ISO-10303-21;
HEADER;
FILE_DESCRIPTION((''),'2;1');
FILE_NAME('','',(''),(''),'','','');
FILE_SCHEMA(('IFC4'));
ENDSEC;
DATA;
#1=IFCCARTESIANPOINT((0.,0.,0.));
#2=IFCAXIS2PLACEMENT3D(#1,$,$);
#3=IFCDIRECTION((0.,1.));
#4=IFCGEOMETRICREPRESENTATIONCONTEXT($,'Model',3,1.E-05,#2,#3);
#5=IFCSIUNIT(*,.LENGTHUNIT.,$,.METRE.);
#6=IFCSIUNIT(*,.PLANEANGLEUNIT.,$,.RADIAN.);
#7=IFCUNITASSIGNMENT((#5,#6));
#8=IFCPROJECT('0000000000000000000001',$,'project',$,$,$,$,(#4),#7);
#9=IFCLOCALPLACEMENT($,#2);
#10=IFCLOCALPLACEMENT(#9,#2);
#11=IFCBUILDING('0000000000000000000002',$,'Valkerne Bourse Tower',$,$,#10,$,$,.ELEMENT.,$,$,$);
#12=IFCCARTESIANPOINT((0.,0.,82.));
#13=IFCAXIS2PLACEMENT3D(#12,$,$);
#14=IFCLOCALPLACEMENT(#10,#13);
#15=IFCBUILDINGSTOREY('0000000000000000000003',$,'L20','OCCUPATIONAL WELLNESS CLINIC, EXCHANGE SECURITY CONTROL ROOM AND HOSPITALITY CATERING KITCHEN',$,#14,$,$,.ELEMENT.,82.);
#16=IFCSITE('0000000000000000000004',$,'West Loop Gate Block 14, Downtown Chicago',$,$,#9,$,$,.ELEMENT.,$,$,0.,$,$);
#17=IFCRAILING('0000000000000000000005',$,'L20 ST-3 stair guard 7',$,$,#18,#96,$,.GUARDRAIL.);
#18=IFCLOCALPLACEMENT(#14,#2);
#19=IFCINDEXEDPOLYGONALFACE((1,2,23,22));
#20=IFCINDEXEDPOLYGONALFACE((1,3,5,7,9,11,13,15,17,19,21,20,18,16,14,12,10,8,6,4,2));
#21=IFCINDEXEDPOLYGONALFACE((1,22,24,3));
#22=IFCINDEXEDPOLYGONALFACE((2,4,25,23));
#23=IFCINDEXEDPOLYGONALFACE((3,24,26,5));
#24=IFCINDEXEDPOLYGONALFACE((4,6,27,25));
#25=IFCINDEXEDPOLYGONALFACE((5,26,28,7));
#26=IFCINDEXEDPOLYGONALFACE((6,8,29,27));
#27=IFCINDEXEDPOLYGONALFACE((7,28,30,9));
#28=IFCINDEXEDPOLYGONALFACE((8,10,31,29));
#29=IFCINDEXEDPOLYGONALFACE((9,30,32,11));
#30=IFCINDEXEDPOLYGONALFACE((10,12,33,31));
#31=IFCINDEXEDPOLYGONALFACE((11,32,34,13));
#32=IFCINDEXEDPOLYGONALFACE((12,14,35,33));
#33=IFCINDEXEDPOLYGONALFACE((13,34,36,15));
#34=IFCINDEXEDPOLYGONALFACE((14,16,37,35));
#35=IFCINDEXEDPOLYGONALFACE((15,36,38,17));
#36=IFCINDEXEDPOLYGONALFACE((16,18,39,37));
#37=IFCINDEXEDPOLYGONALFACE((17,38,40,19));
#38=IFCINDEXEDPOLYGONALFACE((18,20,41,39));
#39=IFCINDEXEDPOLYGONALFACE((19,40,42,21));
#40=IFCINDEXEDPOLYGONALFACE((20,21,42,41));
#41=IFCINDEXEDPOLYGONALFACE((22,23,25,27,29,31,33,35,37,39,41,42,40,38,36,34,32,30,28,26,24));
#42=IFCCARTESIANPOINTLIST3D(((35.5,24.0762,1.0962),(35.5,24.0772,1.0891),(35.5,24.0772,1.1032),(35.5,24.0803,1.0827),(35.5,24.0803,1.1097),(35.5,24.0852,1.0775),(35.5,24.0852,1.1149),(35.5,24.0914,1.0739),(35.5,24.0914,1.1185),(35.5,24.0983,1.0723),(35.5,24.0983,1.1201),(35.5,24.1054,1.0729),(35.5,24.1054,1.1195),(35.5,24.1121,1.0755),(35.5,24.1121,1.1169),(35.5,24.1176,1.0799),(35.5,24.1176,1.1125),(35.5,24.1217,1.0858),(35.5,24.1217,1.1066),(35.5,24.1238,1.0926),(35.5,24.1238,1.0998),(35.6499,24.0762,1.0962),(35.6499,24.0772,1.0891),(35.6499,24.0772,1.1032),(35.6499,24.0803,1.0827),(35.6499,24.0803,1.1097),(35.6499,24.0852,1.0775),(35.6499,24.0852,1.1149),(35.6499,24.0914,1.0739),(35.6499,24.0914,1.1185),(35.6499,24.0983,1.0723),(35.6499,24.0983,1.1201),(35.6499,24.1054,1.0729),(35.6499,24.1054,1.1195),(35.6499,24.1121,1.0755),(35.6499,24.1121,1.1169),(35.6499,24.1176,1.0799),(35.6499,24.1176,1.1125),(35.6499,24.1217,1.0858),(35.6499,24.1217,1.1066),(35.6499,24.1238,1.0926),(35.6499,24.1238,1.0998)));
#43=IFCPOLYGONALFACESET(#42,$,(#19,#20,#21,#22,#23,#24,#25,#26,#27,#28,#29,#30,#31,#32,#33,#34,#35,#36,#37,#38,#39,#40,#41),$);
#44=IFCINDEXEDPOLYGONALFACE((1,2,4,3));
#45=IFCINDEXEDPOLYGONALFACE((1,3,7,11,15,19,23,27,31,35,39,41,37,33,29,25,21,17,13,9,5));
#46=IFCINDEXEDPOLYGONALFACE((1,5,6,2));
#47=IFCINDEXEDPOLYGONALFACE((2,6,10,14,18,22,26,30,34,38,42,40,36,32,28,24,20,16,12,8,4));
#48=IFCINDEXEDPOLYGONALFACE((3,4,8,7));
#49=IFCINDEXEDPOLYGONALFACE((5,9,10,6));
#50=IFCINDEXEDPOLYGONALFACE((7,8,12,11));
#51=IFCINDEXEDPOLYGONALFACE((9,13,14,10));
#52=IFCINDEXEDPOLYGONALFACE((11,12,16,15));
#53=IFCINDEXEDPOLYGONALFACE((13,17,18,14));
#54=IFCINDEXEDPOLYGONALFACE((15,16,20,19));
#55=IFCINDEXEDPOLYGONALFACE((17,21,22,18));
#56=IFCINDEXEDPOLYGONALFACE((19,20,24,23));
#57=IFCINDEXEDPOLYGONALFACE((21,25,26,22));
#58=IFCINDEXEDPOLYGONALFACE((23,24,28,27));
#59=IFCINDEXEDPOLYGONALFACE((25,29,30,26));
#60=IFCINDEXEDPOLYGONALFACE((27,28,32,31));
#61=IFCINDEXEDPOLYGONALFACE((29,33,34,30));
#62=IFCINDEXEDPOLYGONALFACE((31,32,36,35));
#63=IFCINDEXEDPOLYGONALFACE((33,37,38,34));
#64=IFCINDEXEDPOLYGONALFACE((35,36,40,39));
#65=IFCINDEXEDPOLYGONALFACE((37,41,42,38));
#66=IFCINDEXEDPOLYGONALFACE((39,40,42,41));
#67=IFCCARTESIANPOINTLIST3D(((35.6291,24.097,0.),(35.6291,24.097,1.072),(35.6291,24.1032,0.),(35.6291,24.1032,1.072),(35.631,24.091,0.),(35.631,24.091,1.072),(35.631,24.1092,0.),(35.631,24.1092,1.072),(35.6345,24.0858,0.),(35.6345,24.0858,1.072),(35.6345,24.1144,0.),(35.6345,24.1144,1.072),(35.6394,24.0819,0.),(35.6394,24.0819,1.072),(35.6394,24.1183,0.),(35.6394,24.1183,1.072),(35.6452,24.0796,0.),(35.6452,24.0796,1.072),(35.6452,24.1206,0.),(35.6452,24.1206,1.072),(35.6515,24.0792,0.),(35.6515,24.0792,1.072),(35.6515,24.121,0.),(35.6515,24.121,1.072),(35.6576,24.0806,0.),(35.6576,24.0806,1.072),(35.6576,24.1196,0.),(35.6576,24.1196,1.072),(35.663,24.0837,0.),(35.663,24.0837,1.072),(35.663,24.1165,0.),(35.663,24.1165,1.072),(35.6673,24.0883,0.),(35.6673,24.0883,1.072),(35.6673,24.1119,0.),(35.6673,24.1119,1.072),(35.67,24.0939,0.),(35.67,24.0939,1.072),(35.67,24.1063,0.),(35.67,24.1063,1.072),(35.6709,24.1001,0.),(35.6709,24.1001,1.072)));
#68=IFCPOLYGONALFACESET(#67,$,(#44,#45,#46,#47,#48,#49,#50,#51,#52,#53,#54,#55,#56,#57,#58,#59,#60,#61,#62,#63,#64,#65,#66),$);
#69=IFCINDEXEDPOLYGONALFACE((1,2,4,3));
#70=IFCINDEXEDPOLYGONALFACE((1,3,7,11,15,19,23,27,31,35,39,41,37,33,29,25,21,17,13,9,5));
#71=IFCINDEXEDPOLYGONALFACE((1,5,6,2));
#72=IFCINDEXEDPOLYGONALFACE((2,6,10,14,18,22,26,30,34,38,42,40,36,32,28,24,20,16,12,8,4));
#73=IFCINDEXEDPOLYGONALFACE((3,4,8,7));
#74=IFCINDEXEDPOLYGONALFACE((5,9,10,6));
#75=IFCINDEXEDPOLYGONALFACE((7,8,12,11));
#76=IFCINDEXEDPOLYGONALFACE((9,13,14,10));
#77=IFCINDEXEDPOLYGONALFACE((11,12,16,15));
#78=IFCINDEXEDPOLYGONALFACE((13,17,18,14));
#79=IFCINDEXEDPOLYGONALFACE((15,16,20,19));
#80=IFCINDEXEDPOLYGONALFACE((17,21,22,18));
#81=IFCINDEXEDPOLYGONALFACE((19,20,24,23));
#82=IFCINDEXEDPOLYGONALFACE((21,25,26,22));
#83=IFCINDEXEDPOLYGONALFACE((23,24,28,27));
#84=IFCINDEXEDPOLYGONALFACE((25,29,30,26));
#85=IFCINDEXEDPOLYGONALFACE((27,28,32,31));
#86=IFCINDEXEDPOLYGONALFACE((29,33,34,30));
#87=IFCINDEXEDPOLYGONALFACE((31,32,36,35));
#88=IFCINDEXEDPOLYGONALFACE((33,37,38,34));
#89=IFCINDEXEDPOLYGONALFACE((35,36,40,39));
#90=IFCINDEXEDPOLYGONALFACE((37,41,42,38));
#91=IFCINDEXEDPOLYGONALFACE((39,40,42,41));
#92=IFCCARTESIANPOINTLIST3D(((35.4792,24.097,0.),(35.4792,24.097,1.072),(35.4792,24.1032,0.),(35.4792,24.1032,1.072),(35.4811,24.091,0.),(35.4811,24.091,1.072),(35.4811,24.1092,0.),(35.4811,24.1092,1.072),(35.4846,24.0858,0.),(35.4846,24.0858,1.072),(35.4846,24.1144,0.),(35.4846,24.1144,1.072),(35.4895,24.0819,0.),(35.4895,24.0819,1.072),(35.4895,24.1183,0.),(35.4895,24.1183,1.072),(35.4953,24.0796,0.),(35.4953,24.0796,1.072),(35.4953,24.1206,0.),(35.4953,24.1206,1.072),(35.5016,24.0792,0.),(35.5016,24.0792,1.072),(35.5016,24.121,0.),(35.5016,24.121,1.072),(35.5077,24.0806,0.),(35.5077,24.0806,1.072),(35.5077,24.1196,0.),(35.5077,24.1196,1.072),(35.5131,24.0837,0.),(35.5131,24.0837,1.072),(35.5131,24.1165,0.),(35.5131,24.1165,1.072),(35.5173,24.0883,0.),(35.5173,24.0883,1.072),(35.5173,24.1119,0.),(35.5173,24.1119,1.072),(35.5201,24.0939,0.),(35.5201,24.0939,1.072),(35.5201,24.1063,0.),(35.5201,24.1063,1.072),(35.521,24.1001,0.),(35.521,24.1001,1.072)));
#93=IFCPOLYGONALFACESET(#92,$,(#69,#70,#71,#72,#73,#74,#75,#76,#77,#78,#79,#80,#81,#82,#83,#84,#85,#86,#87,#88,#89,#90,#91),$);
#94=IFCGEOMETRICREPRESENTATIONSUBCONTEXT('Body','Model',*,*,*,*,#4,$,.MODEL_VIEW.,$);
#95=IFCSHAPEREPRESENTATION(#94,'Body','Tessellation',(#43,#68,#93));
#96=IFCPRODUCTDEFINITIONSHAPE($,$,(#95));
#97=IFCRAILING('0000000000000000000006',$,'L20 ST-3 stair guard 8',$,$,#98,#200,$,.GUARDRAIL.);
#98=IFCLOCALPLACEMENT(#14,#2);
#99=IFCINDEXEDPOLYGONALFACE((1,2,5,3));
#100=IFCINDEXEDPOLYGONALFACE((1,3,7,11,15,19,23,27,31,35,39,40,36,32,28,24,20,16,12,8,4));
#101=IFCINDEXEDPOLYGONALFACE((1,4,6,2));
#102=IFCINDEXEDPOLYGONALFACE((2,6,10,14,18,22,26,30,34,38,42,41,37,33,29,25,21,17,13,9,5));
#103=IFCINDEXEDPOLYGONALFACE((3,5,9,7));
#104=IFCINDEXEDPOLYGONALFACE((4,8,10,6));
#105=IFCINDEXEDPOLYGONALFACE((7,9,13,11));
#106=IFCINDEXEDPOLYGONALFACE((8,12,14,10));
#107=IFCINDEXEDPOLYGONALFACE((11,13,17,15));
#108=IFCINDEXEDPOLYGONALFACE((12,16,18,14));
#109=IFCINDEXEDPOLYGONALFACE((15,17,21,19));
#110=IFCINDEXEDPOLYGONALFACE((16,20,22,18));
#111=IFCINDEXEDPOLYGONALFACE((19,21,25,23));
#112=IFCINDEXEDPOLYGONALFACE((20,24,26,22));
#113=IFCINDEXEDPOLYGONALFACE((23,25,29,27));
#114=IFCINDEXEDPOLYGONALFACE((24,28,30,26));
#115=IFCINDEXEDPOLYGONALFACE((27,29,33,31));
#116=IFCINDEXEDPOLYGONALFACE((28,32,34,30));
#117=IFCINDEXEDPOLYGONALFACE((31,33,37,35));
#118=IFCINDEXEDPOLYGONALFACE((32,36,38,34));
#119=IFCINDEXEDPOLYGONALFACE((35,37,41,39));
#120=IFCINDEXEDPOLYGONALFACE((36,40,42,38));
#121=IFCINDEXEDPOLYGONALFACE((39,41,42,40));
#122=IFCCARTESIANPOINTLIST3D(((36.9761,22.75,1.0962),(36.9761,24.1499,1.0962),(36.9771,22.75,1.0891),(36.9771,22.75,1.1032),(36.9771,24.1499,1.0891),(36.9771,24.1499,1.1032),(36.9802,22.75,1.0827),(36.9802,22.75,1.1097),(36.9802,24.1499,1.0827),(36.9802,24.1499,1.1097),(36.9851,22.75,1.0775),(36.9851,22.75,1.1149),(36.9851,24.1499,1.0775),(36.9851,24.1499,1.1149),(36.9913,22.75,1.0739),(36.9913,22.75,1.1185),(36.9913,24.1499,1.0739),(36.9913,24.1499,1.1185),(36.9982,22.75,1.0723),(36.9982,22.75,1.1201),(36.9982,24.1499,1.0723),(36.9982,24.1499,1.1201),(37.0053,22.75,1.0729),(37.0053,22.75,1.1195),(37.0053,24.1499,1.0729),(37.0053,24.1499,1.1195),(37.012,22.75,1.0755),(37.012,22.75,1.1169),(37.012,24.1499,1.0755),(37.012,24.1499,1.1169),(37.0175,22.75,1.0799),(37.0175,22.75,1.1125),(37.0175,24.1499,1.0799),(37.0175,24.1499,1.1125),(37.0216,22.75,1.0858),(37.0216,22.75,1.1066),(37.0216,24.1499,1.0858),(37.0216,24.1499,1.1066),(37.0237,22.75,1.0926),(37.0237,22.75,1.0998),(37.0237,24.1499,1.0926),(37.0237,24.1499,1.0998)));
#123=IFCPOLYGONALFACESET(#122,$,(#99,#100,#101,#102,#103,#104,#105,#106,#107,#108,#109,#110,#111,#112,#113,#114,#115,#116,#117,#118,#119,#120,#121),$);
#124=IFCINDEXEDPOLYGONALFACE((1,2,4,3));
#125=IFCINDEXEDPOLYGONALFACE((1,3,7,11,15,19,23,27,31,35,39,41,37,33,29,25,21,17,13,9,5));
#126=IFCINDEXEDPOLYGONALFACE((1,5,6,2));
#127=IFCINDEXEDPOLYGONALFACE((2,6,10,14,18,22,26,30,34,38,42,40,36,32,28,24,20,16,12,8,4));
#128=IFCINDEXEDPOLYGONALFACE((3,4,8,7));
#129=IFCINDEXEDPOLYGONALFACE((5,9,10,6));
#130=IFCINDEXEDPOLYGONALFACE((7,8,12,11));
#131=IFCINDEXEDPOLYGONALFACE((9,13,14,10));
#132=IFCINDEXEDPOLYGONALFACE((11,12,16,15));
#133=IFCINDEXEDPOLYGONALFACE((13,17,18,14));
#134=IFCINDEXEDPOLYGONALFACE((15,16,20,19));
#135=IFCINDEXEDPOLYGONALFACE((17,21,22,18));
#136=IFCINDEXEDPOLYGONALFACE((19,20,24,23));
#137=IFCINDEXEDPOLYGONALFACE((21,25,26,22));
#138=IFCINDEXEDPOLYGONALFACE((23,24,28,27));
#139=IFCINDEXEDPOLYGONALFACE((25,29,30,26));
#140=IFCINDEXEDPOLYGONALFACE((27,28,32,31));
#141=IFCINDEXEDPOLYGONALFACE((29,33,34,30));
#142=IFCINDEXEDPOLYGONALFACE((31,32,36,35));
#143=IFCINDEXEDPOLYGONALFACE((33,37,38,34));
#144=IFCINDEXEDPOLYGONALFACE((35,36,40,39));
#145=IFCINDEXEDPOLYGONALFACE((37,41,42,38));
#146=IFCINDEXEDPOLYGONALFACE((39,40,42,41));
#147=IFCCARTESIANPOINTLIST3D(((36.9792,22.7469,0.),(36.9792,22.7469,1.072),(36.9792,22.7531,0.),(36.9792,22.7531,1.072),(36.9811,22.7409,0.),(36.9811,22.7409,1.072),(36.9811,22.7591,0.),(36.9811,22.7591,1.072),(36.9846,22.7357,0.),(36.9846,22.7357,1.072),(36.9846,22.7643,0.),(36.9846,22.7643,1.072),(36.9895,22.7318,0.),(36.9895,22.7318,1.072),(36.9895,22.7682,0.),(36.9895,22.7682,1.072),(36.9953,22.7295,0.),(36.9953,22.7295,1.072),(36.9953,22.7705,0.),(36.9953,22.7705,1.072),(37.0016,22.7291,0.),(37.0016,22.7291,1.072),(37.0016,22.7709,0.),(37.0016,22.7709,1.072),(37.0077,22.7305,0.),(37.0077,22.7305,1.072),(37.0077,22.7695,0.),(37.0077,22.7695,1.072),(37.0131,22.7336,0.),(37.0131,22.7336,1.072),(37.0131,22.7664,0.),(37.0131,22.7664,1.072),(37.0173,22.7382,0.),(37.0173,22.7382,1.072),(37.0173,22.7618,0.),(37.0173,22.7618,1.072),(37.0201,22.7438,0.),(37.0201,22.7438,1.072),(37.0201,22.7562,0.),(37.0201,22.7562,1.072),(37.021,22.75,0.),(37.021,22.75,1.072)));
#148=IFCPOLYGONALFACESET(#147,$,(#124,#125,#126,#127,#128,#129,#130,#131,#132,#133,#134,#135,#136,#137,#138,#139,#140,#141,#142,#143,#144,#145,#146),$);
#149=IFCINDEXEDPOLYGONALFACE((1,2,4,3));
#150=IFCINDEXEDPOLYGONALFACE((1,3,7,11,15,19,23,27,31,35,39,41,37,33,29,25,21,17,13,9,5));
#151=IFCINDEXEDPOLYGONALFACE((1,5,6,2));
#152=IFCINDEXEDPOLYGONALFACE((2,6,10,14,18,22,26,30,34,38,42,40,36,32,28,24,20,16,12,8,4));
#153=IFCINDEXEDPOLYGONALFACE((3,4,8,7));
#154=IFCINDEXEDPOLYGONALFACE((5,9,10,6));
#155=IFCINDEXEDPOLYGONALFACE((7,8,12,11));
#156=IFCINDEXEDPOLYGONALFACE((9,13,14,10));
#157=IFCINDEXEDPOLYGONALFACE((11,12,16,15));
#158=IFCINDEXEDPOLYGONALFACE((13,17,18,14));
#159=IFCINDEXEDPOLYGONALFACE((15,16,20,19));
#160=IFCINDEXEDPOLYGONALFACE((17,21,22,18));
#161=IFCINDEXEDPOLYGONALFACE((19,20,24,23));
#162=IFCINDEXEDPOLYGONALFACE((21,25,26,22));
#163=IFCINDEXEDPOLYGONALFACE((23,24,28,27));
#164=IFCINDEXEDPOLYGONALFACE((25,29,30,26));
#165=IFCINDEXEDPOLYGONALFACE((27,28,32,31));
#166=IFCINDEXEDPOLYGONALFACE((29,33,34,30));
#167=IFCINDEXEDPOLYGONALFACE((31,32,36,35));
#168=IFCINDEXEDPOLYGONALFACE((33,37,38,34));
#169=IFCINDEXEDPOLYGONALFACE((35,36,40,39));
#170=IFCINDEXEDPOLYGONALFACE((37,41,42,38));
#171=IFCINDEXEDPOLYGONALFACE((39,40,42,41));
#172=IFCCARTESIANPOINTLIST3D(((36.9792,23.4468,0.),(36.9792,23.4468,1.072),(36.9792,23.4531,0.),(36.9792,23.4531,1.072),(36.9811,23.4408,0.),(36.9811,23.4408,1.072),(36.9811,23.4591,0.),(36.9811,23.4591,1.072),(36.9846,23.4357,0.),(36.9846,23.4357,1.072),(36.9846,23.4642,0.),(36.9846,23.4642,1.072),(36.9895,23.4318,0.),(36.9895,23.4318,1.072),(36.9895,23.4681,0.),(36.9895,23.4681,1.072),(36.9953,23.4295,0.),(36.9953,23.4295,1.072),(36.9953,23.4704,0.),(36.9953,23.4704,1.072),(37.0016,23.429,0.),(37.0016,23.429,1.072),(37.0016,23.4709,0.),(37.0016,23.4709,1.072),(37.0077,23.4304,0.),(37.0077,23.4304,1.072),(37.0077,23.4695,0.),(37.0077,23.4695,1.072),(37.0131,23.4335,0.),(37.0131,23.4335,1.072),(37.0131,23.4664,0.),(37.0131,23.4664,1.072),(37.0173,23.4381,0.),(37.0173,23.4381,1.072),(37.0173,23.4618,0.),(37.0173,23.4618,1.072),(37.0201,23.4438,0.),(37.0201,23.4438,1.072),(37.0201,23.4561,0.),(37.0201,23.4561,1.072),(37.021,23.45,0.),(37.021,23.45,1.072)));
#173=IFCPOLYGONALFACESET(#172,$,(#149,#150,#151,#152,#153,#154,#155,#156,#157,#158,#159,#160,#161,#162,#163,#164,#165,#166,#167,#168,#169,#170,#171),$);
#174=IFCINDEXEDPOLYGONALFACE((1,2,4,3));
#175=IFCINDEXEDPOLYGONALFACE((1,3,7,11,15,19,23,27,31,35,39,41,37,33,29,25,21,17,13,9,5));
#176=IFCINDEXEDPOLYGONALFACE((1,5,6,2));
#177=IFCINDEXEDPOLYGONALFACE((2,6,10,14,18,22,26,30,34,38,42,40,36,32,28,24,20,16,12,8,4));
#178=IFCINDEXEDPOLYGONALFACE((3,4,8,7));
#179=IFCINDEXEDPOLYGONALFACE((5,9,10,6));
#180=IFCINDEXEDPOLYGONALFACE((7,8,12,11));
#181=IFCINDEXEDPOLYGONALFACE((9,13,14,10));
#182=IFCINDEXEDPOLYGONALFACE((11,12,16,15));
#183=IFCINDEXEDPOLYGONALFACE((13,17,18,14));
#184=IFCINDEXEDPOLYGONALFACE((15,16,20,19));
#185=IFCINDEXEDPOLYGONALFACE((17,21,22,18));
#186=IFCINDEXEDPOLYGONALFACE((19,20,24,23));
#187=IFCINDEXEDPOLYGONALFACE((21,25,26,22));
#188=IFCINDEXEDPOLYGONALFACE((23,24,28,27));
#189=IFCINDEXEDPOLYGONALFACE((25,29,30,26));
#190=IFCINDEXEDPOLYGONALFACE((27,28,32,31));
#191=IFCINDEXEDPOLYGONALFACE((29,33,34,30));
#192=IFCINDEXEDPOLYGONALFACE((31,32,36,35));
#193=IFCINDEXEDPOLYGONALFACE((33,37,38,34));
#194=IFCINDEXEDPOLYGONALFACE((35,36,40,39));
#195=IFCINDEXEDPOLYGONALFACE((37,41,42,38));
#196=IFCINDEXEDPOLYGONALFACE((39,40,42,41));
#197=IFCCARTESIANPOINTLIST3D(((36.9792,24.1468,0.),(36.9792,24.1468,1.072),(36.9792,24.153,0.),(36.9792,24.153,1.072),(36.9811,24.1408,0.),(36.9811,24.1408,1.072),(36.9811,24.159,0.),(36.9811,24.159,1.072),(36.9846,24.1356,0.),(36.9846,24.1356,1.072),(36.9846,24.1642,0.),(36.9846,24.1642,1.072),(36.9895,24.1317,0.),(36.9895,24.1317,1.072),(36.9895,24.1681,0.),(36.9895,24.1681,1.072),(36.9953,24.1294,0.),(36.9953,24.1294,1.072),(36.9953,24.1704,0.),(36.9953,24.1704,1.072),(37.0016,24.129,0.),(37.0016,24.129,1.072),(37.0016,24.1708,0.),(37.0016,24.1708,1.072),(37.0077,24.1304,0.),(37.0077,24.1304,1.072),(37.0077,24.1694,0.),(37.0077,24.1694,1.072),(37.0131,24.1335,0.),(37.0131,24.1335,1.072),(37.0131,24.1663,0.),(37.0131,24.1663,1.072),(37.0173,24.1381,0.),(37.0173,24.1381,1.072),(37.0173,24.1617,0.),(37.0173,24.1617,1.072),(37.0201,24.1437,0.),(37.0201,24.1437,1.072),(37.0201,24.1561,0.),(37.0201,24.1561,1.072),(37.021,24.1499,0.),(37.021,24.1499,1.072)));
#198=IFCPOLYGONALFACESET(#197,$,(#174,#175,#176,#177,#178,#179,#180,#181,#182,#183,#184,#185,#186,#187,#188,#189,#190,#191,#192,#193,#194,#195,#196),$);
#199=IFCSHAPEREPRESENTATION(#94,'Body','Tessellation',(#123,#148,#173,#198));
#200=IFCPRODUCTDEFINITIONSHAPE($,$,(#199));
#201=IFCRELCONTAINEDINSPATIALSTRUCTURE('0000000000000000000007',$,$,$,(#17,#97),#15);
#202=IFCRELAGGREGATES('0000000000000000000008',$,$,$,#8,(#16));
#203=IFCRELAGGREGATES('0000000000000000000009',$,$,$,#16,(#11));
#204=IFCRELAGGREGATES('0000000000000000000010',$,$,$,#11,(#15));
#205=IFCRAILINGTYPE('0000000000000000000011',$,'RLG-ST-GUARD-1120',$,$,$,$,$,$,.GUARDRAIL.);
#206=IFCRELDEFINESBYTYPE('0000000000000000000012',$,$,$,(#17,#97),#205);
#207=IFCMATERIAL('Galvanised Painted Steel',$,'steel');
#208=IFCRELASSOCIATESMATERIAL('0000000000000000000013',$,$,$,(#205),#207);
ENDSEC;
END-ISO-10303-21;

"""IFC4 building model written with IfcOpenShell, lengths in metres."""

from ifc_helpers import new_model, si_unit, direction, frame, origin, origin_2d, place, context, subcontext, project, spatial, circle, extrude, material, type_object, element, save


model = new_model("IFC4")

# Units and contexts
model_context = context("Model", 3, precision=1e-05, world=origin(), true_north=direction((0.0, 1.0)))
body_context = subcontext(model_context, "Body", "Model", "MODEL_VIEW")
ifc_project = project(units=[si_unit("LENGTHUNIT", "METRE"), si_unit("PLANEANGLEUNIT", "RADIAN")], contexts=[model_context])

# Site, building, storey
site_placement = place(None, origin())
site = spatial("IfcSite", under=ifc_project, at=site_placement, Name="West Loop Gate Block 14, Downtown Chicago", CompositionType="ELEMENT", RefElevation=0.0)
building_placement = place(site_placement, origin())
building = spatial("IfcBuilding", under=site, at=building_placement, Name="Valkerne Bourse Tower", CompositionType="ELEMENT")
storey_placement = place(building_placement, frame((0.0, 0.0, 82.0)))
storey = spatial("IfcBuildingStorey", under=building, at=storey_placement, Name="L20", Description="OCCUPATIONAL WELLNESS CLINIC, EXCHANGE SECURITY CONTROL ROOM AND HOSPITALITY CATERING KITCHEN", CompositionType="ELEMENT", Elevation=82.0)

# Shared definitions
ifc_material_1 = material(Name="Galvanised Painted Steel", Category="steel")

# Railings
railing_type_1 = type_object("IfcRailingType", Name="RLG-ST-GUARD-1120", PredefinedType="GUARDRAIL", material=ifc_material_1)
railing_1_placement = place(storey_placement, frame((35.6499, 24.1001, 0.0)))
element("IfcRailing", 1, at=railing_1_placement, inside=storey, type_object=railing_type_1, Name="L20 ST-3 stair guard 7", PredefinedType="GUARDRAIL", context=body_context, shape_type="SweptSolid", body=[
    extrude(circle(Radius=0.0239, at=origin_2d()), frame((0.0, 0.0, 1.0962), z_axis=(-1.0, 0.0, 0.0), x_axis=(0.0, -1.0, 0.0)), (0.0, 0.0, 1.0), 0.1499),
    extrude(circle(Radius=0.021, at=origin_2d()), origin(), (0.0, 0.0, 1.0), 1.072),
    extrude(circle(Radius=0.021, at=origin_2d()), frame((-0.1499, 0.0, 0.0)), (0.0, 0.0, 1.0), 1.072),
])
for number, where, name in (
    (2, (37.0, 22.75, 0.0), "L20 ST-3 stair guard 8"),
):
    element("IfcRailing", number, at=place(storey_placement, frame(where)), inside=storey, type_object=railing_type_1, Name=name, PredefinedType="GUARDRAIL", context=body_context, shape_type="SweptSolid", body=[
        extrude(circle(Radius=0.0239, at=origin_2d()), frame((0.0, 0.0, 1.0962), z_axis=(0.0, 1.0, 0.0), x_axis=(-1.0, 0.0, 0.0)), (0.0, 0.0, 1.0), 1.3999),
        extrude(circle(Radius=0.021, at=origin_2d()), origin(), (0.0, 0.0, 1.0), 1.072),
        extrude(circle(Radius=0.021, at=origin_2d()), frame((0.0, 0.7, 0.0)), (0.0, 0.0, 1.0), 1.072),
        extrude(circle(Radius=0.021, at=origin_2d()), frame((0.0, 1.3999, 0.0)), (0.0, 0.0, 1.0), 1.072),
    ])

save(model, "model.ifc")
